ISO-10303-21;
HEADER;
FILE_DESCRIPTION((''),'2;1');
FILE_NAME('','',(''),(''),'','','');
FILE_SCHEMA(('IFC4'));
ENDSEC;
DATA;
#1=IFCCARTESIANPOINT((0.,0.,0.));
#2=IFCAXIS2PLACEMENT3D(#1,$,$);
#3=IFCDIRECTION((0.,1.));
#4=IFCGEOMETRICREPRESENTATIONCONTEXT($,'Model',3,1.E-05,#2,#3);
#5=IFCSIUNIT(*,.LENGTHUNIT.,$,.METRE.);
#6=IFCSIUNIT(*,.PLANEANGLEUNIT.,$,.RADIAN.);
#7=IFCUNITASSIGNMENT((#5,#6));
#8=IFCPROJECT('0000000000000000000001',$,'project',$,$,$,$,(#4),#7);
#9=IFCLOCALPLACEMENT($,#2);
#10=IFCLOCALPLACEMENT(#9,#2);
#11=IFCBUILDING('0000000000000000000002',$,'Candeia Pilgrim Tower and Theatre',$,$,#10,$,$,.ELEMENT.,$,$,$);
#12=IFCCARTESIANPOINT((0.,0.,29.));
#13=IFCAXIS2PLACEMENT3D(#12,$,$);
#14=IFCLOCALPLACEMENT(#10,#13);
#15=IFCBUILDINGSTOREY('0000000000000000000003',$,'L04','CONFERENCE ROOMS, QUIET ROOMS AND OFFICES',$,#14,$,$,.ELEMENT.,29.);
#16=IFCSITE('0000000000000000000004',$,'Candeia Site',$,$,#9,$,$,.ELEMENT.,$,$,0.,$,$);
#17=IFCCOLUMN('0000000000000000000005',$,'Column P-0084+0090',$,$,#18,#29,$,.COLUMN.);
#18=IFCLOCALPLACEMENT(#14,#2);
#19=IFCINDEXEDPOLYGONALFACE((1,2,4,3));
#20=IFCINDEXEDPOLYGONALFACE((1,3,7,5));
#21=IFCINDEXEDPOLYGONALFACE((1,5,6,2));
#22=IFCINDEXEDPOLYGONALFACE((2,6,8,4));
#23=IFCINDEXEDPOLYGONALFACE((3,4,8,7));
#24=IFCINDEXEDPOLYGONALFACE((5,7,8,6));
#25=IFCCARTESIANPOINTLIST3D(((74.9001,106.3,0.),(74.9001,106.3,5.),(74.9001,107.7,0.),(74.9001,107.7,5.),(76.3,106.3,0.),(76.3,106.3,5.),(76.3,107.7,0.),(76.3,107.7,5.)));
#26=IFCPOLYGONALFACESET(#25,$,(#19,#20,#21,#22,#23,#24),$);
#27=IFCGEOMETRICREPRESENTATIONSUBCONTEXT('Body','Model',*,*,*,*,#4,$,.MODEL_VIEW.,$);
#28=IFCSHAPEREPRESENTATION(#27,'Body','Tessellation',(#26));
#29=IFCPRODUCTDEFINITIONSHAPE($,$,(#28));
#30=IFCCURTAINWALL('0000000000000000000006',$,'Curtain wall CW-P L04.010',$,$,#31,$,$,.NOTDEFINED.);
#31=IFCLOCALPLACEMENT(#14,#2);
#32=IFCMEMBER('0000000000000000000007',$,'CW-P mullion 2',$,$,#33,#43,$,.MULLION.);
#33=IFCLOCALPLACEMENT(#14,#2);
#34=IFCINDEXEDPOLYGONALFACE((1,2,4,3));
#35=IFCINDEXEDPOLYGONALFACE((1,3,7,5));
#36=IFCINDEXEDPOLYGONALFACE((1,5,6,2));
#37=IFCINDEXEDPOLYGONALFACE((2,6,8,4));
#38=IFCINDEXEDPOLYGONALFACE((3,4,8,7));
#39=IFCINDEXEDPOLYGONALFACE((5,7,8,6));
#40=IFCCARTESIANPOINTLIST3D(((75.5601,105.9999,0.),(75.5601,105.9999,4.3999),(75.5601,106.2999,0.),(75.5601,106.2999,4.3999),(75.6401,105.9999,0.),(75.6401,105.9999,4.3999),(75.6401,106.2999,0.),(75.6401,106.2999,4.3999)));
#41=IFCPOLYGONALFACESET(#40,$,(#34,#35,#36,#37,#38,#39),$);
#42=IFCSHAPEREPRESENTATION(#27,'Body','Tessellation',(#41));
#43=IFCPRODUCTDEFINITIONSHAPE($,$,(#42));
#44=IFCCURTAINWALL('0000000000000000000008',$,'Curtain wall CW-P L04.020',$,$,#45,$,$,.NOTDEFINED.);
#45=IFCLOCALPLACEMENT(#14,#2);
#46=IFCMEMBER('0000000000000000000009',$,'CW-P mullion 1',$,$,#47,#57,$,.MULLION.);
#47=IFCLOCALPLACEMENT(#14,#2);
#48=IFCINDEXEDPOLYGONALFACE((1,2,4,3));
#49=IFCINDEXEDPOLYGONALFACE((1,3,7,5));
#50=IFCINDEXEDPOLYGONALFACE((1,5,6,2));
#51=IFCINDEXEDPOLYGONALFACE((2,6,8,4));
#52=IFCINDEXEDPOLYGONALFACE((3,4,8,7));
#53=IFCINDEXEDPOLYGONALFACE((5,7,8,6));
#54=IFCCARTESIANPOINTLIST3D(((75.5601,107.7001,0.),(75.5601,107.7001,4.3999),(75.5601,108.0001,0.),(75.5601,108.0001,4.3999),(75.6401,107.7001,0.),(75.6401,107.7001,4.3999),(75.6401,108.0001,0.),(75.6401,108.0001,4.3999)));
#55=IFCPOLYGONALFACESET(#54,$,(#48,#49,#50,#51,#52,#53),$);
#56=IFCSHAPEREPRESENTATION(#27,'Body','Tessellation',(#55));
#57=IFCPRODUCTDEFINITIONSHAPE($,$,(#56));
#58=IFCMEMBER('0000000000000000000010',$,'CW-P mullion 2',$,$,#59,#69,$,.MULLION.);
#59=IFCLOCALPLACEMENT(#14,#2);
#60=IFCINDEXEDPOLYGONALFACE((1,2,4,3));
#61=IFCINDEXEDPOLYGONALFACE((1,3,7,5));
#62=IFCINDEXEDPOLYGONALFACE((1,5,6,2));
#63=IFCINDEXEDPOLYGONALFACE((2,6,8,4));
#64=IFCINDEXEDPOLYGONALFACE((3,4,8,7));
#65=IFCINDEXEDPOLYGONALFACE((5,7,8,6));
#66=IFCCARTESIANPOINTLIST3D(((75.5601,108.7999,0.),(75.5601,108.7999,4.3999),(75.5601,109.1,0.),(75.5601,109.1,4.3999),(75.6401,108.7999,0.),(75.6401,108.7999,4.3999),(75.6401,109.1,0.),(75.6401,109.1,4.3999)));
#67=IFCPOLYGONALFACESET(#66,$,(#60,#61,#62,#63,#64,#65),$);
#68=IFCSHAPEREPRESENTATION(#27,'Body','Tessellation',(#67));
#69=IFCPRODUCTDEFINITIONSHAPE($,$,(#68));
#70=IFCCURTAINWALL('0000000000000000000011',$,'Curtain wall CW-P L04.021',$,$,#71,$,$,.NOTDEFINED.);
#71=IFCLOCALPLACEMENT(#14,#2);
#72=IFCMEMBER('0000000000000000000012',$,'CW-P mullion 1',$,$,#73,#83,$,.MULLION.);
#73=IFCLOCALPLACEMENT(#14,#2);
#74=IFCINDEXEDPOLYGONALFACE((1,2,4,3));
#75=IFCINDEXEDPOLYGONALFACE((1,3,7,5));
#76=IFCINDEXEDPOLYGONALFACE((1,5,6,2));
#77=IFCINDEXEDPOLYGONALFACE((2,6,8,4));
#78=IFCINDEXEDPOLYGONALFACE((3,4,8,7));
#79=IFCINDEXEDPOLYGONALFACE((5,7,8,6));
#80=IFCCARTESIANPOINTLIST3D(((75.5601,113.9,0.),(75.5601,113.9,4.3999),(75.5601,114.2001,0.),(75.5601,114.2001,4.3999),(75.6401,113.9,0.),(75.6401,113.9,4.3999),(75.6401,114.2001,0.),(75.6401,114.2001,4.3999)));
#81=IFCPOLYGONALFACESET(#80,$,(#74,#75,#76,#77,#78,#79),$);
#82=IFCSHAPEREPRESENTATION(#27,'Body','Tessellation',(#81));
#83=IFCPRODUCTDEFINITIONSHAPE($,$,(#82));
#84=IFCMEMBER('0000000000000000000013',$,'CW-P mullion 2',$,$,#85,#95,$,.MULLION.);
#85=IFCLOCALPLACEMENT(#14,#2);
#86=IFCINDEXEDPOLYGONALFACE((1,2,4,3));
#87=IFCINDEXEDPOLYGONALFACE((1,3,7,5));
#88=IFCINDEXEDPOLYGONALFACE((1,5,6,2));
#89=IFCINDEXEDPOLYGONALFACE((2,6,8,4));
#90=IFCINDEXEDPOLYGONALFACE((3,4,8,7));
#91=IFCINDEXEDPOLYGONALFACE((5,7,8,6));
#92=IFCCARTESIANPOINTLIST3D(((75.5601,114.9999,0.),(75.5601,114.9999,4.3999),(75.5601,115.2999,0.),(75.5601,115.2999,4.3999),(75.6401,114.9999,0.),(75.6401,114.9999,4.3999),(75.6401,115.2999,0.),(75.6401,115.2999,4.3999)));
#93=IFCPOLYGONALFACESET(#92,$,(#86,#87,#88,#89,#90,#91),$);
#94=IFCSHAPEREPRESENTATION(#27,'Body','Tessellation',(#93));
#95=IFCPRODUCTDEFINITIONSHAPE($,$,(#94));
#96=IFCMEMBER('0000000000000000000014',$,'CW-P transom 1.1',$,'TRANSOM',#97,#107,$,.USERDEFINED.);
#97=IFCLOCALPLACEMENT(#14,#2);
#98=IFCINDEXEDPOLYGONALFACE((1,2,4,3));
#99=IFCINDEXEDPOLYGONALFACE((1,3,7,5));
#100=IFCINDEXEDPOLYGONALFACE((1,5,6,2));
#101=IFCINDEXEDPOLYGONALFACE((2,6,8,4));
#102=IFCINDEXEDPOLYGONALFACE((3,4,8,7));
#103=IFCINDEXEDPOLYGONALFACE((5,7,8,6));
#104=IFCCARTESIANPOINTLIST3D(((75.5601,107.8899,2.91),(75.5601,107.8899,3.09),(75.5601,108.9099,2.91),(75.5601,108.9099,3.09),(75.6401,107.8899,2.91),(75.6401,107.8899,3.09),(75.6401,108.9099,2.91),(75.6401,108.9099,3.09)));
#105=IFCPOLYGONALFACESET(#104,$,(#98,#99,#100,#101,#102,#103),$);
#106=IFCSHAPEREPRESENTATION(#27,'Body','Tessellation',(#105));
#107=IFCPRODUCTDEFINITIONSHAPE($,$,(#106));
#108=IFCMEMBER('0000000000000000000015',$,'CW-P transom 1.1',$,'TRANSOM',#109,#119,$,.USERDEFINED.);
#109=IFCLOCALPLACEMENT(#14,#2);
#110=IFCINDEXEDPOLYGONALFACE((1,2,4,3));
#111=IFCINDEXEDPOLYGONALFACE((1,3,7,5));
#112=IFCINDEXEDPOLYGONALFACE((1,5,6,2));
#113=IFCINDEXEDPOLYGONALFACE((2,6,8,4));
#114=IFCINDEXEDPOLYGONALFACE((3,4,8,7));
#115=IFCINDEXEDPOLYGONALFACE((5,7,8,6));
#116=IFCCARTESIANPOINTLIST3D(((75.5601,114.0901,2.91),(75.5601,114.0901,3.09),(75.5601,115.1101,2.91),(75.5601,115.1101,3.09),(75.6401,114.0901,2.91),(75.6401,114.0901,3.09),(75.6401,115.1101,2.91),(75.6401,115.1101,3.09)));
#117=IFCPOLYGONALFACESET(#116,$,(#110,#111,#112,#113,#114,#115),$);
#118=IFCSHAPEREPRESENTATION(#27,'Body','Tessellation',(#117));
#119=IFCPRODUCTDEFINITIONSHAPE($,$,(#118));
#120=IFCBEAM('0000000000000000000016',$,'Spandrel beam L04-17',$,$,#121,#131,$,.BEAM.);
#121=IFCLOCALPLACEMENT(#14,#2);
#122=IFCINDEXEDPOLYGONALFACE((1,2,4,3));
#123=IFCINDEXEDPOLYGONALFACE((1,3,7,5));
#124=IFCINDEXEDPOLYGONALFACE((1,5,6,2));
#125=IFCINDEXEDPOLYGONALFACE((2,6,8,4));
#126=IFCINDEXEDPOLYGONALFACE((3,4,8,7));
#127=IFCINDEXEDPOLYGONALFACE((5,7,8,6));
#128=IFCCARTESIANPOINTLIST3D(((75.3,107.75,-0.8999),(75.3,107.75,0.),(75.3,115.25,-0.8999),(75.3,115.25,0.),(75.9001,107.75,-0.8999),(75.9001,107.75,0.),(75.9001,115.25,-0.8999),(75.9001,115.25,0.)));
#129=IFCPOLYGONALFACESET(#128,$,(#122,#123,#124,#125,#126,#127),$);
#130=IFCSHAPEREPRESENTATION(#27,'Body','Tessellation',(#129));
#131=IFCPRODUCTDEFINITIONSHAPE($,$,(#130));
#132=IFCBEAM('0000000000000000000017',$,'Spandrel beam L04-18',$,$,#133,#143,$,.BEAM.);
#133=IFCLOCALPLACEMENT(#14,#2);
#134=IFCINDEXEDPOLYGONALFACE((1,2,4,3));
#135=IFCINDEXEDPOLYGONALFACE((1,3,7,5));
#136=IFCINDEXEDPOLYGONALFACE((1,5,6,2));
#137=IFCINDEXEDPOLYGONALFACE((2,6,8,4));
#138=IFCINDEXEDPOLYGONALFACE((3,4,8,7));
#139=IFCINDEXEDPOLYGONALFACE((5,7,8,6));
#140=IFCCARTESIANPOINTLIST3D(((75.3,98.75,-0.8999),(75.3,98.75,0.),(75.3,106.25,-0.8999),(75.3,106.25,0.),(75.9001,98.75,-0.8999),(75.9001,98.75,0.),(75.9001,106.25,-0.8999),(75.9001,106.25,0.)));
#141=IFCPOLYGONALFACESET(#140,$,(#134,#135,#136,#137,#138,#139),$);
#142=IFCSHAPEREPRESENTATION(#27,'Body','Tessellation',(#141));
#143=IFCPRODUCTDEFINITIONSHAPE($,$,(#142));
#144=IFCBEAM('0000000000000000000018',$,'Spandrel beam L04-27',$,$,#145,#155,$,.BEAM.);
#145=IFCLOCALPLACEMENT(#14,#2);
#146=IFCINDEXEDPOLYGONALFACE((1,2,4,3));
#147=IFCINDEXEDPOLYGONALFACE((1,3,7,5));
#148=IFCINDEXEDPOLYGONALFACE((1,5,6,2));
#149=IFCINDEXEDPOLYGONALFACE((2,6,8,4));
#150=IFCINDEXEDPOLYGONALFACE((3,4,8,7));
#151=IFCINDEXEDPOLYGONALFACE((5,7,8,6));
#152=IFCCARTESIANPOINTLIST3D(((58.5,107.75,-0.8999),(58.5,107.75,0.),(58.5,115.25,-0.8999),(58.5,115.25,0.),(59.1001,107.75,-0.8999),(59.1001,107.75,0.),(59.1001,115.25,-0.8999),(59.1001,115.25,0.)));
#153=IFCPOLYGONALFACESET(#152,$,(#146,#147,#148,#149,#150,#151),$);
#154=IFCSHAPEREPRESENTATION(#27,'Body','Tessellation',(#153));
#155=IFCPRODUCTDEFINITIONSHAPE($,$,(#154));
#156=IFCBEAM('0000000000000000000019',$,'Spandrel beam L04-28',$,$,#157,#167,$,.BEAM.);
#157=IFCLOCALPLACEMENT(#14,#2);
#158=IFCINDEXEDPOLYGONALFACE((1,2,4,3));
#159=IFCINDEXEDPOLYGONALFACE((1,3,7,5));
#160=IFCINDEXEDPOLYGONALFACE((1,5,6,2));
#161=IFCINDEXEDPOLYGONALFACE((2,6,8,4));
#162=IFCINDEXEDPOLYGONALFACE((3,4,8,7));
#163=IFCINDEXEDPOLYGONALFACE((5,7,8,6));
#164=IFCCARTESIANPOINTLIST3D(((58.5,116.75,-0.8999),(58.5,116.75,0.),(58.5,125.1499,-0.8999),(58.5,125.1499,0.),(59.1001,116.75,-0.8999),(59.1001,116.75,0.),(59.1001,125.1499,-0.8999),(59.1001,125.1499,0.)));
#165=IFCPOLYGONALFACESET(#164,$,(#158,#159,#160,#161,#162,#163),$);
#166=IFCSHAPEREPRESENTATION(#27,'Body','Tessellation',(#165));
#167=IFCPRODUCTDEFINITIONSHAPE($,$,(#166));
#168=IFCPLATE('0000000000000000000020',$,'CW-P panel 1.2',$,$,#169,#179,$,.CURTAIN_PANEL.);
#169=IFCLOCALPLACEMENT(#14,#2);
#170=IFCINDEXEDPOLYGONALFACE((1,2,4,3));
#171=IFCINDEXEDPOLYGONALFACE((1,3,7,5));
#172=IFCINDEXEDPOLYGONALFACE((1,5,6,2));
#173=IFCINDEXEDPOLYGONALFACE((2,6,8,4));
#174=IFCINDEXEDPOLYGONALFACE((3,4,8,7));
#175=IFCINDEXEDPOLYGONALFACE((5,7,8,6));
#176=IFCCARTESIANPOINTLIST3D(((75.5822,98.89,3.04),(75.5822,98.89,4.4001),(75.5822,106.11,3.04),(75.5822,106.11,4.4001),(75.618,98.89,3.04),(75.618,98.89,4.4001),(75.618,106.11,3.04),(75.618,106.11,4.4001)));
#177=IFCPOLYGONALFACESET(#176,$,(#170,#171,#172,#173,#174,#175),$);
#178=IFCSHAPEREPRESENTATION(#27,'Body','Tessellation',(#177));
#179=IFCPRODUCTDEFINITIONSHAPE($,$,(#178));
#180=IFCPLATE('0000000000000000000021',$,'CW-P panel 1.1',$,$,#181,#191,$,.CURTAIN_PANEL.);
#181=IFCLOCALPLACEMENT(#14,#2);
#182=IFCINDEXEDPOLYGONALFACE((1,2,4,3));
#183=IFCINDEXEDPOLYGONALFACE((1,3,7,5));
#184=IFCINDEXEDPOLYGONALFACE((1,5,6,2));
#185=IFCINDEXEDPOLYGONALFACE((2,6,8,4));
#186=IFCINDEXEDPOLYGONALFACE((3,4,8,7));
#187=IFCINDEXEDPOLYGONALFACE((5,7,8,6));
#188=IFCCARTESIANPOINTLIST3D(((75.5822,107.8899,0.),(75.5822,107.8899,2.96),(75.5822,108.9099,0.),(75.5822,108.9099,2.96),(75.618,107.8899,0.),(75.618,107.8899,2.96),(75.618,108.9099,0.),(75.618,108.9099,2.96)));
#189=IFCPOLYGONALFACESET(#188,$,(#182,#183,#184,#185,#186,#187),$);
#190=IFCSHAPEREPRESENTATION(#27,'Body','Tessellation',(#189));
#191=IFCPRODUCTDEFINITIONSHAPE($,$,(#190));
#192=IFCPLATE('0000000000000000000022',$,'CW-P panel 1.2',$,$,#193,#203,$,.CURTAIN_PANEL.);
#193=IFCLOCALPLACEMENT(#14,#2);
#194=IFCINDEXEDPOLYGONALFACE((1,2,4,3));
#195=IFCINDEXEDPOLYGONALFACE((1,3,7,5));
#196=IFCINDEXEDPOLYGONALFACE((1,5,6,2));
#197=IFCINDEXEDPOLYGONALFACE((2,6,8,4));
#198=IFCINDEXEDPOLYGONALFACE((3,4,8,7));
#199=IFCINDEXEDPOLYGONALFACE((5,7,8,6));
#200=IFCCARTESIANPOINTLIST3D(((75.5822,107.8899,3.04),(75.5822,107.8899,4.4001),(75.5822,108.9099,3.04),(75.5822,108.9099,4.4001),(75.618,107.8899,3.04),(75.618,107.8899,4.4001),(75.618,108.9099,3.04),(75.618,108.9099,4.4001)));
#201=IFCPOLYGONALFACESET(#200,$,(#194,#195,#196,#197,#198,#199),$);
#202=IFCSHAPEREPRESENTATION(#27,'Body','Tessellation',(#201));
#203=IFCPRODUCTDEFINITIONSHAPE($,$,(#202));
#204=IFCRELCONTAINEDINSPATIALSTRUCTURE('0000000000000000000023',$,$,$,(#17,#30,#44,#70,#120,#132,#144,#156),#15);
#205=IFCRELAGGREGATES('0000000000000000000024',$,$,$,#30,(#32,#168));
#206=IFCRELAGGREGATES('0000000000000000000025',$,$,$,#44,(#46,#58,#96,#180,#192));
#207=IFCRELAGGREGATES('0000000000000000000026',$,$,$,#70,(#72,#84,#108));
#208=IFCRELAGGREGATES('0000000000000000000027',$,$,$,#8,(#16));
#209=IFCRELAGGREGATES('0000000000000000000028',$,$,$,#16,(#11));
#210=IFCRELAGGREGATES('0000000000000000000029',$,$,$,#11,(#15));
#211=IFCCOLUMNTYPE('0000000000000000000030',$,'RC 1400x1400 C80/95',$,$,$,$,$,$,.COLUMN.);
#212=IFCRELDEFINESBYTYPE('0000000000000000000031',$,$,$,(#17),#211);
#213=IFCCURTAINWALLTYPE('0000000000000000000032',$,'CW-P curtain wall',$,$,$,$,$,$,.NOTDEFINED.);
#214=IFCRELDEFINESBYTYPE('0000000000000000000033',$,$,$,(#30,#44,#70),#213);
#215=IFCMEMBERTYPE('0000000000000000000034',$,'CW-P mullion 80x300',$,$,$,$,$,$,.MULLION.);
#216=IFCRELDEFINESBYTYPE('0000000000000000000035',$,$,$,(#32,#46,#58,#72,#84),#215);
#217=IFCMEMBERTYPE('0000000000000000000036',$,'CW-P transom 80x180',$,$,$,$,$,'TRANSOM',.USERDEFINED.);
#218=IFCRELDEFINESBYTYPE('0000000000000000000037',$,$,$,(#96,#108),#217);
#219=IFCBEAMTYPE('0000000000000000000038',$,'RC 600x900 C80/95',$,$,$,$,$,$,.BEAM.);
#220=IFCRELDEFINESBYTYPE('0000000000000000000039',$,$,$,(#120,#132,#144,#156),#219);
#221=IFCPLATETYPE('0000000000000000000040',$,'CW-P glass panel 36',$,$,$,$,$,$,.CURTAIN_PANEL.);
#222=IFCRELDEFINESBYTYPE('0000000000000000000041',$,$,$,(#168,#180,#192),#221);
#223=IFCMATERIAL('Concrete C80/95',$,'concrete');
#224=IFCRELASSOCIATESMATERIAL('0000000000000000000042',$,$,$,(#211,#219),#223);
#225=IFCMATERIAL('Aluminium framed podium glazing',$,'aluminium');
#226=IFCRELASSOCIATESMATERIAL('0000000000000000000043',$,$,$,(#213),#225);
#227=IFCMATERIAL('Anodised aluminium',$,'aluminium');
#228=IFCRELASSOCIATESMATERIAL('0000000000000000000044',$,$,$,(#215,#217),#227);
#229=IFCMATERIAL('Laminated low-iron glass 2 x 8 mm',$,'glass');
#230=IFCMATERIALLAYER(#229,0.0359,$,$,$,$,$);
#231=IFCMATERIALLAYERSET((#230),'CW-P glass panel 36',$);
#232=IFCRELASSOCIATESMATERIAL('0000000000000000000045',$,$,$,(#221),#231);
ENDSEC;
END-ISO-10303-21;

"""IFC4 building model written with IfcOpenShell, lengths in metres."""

from ifc_helpers import new_model, si_unit, direction, frame, origin, origin_2d, place, context, subcontext, project, spatial, rectangle, extrude, material, layer, layer_set, material_profile, profile_set, type_object, element, aggregate, save


model = new_model("IFC4")

# Units and contexts
model_context = context("Model", 3, precision=1e-05, world=origin(), true_north=direction((0.0, 1.0)))
body_context = subcontext(model_context, "Body", "Model", "MODEL_VIEW")
ifc_project = project(units=[si_unit("LENGTHUNIT", "METRE"), si_unit("PLANEANGLEUNIT", "RADIAN")], contexts=[model_context])

# Site, building, storey
site_placement = place(None, origin())
site = spatial("IfcSite", under=ifc_project, at=site_placement, Name="Candeia Site", CompositionType="ELEMENT", RefElevation=0.0)
building_placement = place(site_placement, origin())
building = spatial("IfcBuilding", under=site, at=building_placement, Name="Candeia Pilgrim Tower and Theatre", CompositionType="ELEMENT")
storey_placement = place(building_placement, frame((0.0, 0.0, 29.0)))
storey = spatial("IfcBuildingStorey", under=building, at=storey_placement, Name="L04", Description="CONFERENCE ROOMS, QUIET ROOMS AND OFFICES", CompositionType="ELEMENT", Elevation=29.0)

# Column
ifc_material_1 = material(Name="Concrete C80/95", Category="concrete")
ifc_material_profile_1 = material_profile(ifc_material_1, rectangle(XDim=1.3999, YDim=1.3999, at=origin_2d()))
ifc_profile_set_1 = profile_set([ifc_material_profile_1], Name="Concrete C80/95")
column_type = type_object("IfcColumnType", Name="RC 1400x1400 C80/95", PredefinedType="COLUMN", material=ifc_profile_set_1)
column_placement = place(storey_placement, frame((75.6001, 107.0, 0.0), z_axis=(0.0, 0.0, 1.0), x_axis=(1.0, 0.0, 0.0)))
element("IfcColumn", 1, at=column_placement, inside=storey, type_object=column_type, Name="Column P-0084+0090", PredefinedType="COLUMN", context=body_context, shape_type="SweptSolid", body=[
    extrude(rectangle(XDim=1.3999, YDim=1.3999, at=origin_2d()), origin(), (0.0, 0.0, 1.0), 5.0),
])

# Curtain wall, member
ifc_material_2 = material(Name="Aluminium framed podium glazing", Category="aluminium")
curtain_wall_type = type_object("IfcCurtainWallType", Name="CW-P curtain wall", PredefinedType="NOTDEFINED", material=ifc_material_2)
curtain_wall_1_placement = place(storey_placement, origin())
curtain_wall_1 = element("IfcCurtainWall", 2, at=curtain_wall_1_placement, inside=storey, type_object=curtain_wall_type, Name="Curtain wall CW-P L04.010", PredefinedType="NOTDEFINED")
ifc_material_3 = material(Name="Anodised aluminium", Category="aluminium")
ifc_material_profile_2 = material_profile(ifc_material_3, rectangle(XDim=0.0801, YDim=0.3, at=origin_2d()))
ifc_profile_set_2 = profile_set([ifc_material_profile_2], Name="Anodised aluminium")
member_type_1 = type_object("IfcMemberType", Name="CW-P mullion 80x300", PredefinedType="MULLION", material=ifc_profile_set_2)
member_1_placement = place(storey_placement, frame((75.6001, 106.1499, 0.0), z_axis=(0.0, 0.0, 1.0), x_axis=(-1.0, 0.0, 0.0)))
member_1 = element("IfcMember", 3, at=member_1_placement, type_object=member_type_1, Name="CW-P mullion 2", PredefinedType="MULLION", context=body_context, shape_type="SweptSolid", body=[
    extrude(rectangle(XDim=0.0801, YDim=0.3, at=origin_2d()), origin(), (0.0, 0.0, 1.0), 4.3999),
])

# Curtain walls, members
curtain_wall_2_placement = place(storey_placement, origin())
curtain_wall_2 = element("IfcCurtainWall", 4, at=curtain_wall_2_placement, inside=storey, type_object=curtain_wall_type, Name="Curtain wall CW-P L04.020", PredefinedType="NOTDEFINED")
member_2_placement = place(storey_placement, frame((75.6001, 107.8501, 0.0), z_axis=(0.0, 0.0, 1.0), x_axis=(-1.0, 0.0, 0.0)))
member_2 = element("IfcMember", 5, at=member_2_placement, type_object=member_type_1, Name="CW-P mullion 1", PredefinedType="MULLION", context=body_context, shape_type="SweptSolid", body=[
    extrude(rectangle(XDim=0.0801, YDim=0.3, at=origin_2d()), origin(), (0.0, 0.0, 1.0), 4.3999),
])
member_3_placement = place(storey_placement, frame((75.6001, 108.95, 0.0), z_axis=(0.0, 0.0, 1.0), x_axis=(-1.0, 0.0, 0.0)))
member_3 = element("IfcMember", 6, at=member_3_placement, type_object=member_type_1, Name="CW-P mullion 2", PredefinedType="MULLION", context=body_context, shape_type="SweptSolid", body=[
    extrude(rectangle(XDim=0.0801, YDim=0.3, at=origin_2d()), origin(), (0.0, 0.0, 1.0), 4.3999),
])
curtain_wall_3_placement = place(storey_placement, origin())
curtain_wall_3 = element("IfcCurtainWall", 7, at=curtain_wall_3_placement, inside=storey, type_object=curtain_wall_type, Name="Curtain wall CW-P L04.021", PredefinedType="NOTDEFINED")
member_4_placement = place(storey_placement, frame((75.6001, 114.05, 0.0), z_axis=(0.0, 0.0, 1.0), x_axis=(-1.0, 0.0, 0.0)))
member_4 = element("IfcMember", 8, at=member_4_placement, type_object=member_type_1, Name="CW-P mullion 1", PredefinedType="MULLION", context=body_context, shape_type="SweptSolid", body=[
    extrude(rectangle(XDim=0.0801, YDim=0.3, at=origin_2d()), origin(), (0.0, 0.0, 1.0), 4.3999),
])
member_5_placement = place(storey_placement, frame((75.6001, 115.1499, 0.0), z_axis=(0.0, 0.0, 1.0), x_axis=(-1.0, 0.0, 0.0)))
member_5 = element("IfcMember", 9, at=member_5_placement, type_object=member_type_1, Name="CW-P mullion 2", PredefinedType="MULLION", context=body_context, shape_type="SweptSolid", body=[
    extrude(rectangle(XDim=0.0801, YDim=0.3, at=origin_2d()), origin(), (0.0, 0.0, 1.0), 4.3999),
])

# Members
ifc_material_profile_3 = material_profile(ifc_material_3, rectangle(XDim=0.0801, YDim=0.1799, at=origin_2d()))
ifc_profile_set_3 = profile_set([ifc_material_profile_3], Name="Anodised aluminium")
member_type_2 = type_object("IfcMemberType", Name="CW-P transom 80x180", ElementType="TRANSOM", PredefinedType="USERDEFINED", material=ifc_profile_set_3)
member_6_placement = place(storey_placement, frame((75.6001, 107.8899, 3.0), z_axis=(0.0, 1.0, 0.0), x_axis=(-1.0, 0.0, 0.0)))
member_6 = element("IfcMember", 10, at=member_6_placement, type_object=member_type_2, Name="CW-P transom 1.1", ObjectType="TRANSOM", PredefinedType="USERDEFINED", context=body_context, shape_type="SweptSolid", body=[
    extrude(rectangle(XDim=0.0801, YDim=0.1799, at=origin_2d()), origin(), (0.0, 0.0, 1.0), 1.02),
])
member_7_placement = place(storey_placement, frame((75.6001, 114.0901, 3.0), z_axis=(0.0, 1.0, 0.0), x_axis=(-1.0, 0.0, 0.0)))
member_7 = element("IfcMember", 11, at=member_7_placement, type_object=member_type_2, Name="CW-P transom 1.1", ObjectType="TRANSOM", PredefinedType="USERDEFINED", context=body_context, shape_type="SweptSolid", body=[
    extrude(rectangle(XDim=0.0801, YDim=0.1799, at=origin_2d()), origin(), (0.0, 0.0, 1.0), 1.02),
])

# Beams
ifc_material_profile_4 = material_profile(ifc_material_1, rectangle(XDim=0.6001, YDim=0.8999, at=origin_2d()))
ifc_profile_set_4 = profile_set([ifc_material_profile_4], Name="Concrete C80/95")
beam_type = type_object("IfcBeamType", Name="RC 600x900 C80/95", PredefinedType="BEAM", material=ifc_profile_set_4)
for number, where, z_axis, x_axis, name in (
    (12, (75.6001, 115.25, -0.45), (0.0, -1.0, 0.0), (1.0, 0.0, 0.0), "Spandrel beam L04-17"),
    (13, (75.6001, 106.25, -0.45), (0.0, -1.0, 0.0), (1.0, 0.0, 0.0), "Spandrel beam L04-18"),
    (14, (58.8, 107.75, -0.45), (0.0, 1.0, 0.0), (-1.0, 0.0, 0.0), "Spandrel beam L04-27"),
):
    element("IfcBeam", number, at=place(storey_placement, frame(where, z_axis=z_axis, x_axis=x_axis)), inside=storey, type_object=beam_type, Name=name, PredefinedType="BEAM", context=body_context, shape_type="SweptSolid", body=[
        extrude(rectangle(XDim=0.6001, YDim=0.8999, at=origin_2d()), origin(), (0.0, 0.0, 1.0), 7.5),
    ])
beam_placement = place(storey_placement, frame((58.8, 116.75, -0.45), z_axis=(0.0, 1.0, 0.0), x_axis=(-1.0, 0.0, 0.0)))
element("IfcBeam", 15, at=beam_placement, inside=storey, type_object=beam_type, Name="Spandrel beam L04-28", PredefinedType="BEAM", context=body_context, shape_type="SweptSolid", body=[
    extrude(rectangle(XDim=0.6001, YDim=0.8999, at=origin_2d()), origin(), (0.0, 0.0, 1.0), 8.3999),
])

# Plates
ifc_material_4 = material(Name="Laminated low-iron glass 2 x 8 mm", Category="glass")
ifc_layer_1 = layer(ifc_material_4, 0.0359)
ifc_layer_set_1 = layer_set([ifc_layer_1], Name="CW-P glass panel 36")
plate_type = type_object("IfcPlateType", Name="CW-P glass panel 36", PredefinedType="CURTAIN_PANEL", material=ifc_layer_set_1)
plate_1_placement = place(storey_placement, frame((75.6001, 102.5, 3.04), z_axis=(0.0, 0.0, 1.0), x_axis=(0.0, 1.0, 0.0)))
plate_1 = element("IfcPlate", 16, at=plate_1_placement, type_object=plate_type, Name="CW-P panel 1.2", PredefinedType="CURTAIN_PANEL", context=body_context, shape_type="SweptSolid", body=[
    extrude(rectangle(XDim=7.22, YDim=0.0359, at=origin_2d()), origin(), (0.0, 0.0, 1.0), 1.3601),
])
aggregate(curtain_wall_1, [member_1, plate_1])
plate_2_placement = place(storey_placement, frame((75.6001, 108.3999, 0.0), z_axis=(0.0, 0.0, 1.0), x_axis=(0.0, 1.0, 0.0)))
plate_2 = element("IfcPlate", 17, at=plate_2_placement, type_object=plate_type, Name="CW-P panel 1.1", PredefinedType="CURTAIN_PANEL", context=body_context, shape_type="SweptSolid", body=[
    extrude(rectangle(XDim=1.02, YDim=0.0359, at=origin_2d()), origin(), (0.0, 0.0, 1.0), 2.96),
])
plate_3_placement = place(storey_placement, frame((75.6001, 108.3999, 3.04), z_axis=(0.0, 0.0, 1.0), x_axis=(0.0, 1.0, 0.0)))
plate_3 = element("IfcPlate", 18, at=plate_3_placement, type_object=plate_type, Name="CW-P panel 1.2", PredefinedType="CURTAIN_PANEL", context=body_context, shape_type="SweptSolid", body=[
    extrude(rectangle(XDim=1.02, YDim=0.0359, at=origin_2d()), origin(), (0.0, 0.0, 1.0), 1.3601),
])
aggregate(curtain_wall_2, [member_2, member_3, member_6, plate_2, plate_3])
aggregate(curtain_wall_3, [member_4, member_5, member_7])

save(model, "model.ifc")
